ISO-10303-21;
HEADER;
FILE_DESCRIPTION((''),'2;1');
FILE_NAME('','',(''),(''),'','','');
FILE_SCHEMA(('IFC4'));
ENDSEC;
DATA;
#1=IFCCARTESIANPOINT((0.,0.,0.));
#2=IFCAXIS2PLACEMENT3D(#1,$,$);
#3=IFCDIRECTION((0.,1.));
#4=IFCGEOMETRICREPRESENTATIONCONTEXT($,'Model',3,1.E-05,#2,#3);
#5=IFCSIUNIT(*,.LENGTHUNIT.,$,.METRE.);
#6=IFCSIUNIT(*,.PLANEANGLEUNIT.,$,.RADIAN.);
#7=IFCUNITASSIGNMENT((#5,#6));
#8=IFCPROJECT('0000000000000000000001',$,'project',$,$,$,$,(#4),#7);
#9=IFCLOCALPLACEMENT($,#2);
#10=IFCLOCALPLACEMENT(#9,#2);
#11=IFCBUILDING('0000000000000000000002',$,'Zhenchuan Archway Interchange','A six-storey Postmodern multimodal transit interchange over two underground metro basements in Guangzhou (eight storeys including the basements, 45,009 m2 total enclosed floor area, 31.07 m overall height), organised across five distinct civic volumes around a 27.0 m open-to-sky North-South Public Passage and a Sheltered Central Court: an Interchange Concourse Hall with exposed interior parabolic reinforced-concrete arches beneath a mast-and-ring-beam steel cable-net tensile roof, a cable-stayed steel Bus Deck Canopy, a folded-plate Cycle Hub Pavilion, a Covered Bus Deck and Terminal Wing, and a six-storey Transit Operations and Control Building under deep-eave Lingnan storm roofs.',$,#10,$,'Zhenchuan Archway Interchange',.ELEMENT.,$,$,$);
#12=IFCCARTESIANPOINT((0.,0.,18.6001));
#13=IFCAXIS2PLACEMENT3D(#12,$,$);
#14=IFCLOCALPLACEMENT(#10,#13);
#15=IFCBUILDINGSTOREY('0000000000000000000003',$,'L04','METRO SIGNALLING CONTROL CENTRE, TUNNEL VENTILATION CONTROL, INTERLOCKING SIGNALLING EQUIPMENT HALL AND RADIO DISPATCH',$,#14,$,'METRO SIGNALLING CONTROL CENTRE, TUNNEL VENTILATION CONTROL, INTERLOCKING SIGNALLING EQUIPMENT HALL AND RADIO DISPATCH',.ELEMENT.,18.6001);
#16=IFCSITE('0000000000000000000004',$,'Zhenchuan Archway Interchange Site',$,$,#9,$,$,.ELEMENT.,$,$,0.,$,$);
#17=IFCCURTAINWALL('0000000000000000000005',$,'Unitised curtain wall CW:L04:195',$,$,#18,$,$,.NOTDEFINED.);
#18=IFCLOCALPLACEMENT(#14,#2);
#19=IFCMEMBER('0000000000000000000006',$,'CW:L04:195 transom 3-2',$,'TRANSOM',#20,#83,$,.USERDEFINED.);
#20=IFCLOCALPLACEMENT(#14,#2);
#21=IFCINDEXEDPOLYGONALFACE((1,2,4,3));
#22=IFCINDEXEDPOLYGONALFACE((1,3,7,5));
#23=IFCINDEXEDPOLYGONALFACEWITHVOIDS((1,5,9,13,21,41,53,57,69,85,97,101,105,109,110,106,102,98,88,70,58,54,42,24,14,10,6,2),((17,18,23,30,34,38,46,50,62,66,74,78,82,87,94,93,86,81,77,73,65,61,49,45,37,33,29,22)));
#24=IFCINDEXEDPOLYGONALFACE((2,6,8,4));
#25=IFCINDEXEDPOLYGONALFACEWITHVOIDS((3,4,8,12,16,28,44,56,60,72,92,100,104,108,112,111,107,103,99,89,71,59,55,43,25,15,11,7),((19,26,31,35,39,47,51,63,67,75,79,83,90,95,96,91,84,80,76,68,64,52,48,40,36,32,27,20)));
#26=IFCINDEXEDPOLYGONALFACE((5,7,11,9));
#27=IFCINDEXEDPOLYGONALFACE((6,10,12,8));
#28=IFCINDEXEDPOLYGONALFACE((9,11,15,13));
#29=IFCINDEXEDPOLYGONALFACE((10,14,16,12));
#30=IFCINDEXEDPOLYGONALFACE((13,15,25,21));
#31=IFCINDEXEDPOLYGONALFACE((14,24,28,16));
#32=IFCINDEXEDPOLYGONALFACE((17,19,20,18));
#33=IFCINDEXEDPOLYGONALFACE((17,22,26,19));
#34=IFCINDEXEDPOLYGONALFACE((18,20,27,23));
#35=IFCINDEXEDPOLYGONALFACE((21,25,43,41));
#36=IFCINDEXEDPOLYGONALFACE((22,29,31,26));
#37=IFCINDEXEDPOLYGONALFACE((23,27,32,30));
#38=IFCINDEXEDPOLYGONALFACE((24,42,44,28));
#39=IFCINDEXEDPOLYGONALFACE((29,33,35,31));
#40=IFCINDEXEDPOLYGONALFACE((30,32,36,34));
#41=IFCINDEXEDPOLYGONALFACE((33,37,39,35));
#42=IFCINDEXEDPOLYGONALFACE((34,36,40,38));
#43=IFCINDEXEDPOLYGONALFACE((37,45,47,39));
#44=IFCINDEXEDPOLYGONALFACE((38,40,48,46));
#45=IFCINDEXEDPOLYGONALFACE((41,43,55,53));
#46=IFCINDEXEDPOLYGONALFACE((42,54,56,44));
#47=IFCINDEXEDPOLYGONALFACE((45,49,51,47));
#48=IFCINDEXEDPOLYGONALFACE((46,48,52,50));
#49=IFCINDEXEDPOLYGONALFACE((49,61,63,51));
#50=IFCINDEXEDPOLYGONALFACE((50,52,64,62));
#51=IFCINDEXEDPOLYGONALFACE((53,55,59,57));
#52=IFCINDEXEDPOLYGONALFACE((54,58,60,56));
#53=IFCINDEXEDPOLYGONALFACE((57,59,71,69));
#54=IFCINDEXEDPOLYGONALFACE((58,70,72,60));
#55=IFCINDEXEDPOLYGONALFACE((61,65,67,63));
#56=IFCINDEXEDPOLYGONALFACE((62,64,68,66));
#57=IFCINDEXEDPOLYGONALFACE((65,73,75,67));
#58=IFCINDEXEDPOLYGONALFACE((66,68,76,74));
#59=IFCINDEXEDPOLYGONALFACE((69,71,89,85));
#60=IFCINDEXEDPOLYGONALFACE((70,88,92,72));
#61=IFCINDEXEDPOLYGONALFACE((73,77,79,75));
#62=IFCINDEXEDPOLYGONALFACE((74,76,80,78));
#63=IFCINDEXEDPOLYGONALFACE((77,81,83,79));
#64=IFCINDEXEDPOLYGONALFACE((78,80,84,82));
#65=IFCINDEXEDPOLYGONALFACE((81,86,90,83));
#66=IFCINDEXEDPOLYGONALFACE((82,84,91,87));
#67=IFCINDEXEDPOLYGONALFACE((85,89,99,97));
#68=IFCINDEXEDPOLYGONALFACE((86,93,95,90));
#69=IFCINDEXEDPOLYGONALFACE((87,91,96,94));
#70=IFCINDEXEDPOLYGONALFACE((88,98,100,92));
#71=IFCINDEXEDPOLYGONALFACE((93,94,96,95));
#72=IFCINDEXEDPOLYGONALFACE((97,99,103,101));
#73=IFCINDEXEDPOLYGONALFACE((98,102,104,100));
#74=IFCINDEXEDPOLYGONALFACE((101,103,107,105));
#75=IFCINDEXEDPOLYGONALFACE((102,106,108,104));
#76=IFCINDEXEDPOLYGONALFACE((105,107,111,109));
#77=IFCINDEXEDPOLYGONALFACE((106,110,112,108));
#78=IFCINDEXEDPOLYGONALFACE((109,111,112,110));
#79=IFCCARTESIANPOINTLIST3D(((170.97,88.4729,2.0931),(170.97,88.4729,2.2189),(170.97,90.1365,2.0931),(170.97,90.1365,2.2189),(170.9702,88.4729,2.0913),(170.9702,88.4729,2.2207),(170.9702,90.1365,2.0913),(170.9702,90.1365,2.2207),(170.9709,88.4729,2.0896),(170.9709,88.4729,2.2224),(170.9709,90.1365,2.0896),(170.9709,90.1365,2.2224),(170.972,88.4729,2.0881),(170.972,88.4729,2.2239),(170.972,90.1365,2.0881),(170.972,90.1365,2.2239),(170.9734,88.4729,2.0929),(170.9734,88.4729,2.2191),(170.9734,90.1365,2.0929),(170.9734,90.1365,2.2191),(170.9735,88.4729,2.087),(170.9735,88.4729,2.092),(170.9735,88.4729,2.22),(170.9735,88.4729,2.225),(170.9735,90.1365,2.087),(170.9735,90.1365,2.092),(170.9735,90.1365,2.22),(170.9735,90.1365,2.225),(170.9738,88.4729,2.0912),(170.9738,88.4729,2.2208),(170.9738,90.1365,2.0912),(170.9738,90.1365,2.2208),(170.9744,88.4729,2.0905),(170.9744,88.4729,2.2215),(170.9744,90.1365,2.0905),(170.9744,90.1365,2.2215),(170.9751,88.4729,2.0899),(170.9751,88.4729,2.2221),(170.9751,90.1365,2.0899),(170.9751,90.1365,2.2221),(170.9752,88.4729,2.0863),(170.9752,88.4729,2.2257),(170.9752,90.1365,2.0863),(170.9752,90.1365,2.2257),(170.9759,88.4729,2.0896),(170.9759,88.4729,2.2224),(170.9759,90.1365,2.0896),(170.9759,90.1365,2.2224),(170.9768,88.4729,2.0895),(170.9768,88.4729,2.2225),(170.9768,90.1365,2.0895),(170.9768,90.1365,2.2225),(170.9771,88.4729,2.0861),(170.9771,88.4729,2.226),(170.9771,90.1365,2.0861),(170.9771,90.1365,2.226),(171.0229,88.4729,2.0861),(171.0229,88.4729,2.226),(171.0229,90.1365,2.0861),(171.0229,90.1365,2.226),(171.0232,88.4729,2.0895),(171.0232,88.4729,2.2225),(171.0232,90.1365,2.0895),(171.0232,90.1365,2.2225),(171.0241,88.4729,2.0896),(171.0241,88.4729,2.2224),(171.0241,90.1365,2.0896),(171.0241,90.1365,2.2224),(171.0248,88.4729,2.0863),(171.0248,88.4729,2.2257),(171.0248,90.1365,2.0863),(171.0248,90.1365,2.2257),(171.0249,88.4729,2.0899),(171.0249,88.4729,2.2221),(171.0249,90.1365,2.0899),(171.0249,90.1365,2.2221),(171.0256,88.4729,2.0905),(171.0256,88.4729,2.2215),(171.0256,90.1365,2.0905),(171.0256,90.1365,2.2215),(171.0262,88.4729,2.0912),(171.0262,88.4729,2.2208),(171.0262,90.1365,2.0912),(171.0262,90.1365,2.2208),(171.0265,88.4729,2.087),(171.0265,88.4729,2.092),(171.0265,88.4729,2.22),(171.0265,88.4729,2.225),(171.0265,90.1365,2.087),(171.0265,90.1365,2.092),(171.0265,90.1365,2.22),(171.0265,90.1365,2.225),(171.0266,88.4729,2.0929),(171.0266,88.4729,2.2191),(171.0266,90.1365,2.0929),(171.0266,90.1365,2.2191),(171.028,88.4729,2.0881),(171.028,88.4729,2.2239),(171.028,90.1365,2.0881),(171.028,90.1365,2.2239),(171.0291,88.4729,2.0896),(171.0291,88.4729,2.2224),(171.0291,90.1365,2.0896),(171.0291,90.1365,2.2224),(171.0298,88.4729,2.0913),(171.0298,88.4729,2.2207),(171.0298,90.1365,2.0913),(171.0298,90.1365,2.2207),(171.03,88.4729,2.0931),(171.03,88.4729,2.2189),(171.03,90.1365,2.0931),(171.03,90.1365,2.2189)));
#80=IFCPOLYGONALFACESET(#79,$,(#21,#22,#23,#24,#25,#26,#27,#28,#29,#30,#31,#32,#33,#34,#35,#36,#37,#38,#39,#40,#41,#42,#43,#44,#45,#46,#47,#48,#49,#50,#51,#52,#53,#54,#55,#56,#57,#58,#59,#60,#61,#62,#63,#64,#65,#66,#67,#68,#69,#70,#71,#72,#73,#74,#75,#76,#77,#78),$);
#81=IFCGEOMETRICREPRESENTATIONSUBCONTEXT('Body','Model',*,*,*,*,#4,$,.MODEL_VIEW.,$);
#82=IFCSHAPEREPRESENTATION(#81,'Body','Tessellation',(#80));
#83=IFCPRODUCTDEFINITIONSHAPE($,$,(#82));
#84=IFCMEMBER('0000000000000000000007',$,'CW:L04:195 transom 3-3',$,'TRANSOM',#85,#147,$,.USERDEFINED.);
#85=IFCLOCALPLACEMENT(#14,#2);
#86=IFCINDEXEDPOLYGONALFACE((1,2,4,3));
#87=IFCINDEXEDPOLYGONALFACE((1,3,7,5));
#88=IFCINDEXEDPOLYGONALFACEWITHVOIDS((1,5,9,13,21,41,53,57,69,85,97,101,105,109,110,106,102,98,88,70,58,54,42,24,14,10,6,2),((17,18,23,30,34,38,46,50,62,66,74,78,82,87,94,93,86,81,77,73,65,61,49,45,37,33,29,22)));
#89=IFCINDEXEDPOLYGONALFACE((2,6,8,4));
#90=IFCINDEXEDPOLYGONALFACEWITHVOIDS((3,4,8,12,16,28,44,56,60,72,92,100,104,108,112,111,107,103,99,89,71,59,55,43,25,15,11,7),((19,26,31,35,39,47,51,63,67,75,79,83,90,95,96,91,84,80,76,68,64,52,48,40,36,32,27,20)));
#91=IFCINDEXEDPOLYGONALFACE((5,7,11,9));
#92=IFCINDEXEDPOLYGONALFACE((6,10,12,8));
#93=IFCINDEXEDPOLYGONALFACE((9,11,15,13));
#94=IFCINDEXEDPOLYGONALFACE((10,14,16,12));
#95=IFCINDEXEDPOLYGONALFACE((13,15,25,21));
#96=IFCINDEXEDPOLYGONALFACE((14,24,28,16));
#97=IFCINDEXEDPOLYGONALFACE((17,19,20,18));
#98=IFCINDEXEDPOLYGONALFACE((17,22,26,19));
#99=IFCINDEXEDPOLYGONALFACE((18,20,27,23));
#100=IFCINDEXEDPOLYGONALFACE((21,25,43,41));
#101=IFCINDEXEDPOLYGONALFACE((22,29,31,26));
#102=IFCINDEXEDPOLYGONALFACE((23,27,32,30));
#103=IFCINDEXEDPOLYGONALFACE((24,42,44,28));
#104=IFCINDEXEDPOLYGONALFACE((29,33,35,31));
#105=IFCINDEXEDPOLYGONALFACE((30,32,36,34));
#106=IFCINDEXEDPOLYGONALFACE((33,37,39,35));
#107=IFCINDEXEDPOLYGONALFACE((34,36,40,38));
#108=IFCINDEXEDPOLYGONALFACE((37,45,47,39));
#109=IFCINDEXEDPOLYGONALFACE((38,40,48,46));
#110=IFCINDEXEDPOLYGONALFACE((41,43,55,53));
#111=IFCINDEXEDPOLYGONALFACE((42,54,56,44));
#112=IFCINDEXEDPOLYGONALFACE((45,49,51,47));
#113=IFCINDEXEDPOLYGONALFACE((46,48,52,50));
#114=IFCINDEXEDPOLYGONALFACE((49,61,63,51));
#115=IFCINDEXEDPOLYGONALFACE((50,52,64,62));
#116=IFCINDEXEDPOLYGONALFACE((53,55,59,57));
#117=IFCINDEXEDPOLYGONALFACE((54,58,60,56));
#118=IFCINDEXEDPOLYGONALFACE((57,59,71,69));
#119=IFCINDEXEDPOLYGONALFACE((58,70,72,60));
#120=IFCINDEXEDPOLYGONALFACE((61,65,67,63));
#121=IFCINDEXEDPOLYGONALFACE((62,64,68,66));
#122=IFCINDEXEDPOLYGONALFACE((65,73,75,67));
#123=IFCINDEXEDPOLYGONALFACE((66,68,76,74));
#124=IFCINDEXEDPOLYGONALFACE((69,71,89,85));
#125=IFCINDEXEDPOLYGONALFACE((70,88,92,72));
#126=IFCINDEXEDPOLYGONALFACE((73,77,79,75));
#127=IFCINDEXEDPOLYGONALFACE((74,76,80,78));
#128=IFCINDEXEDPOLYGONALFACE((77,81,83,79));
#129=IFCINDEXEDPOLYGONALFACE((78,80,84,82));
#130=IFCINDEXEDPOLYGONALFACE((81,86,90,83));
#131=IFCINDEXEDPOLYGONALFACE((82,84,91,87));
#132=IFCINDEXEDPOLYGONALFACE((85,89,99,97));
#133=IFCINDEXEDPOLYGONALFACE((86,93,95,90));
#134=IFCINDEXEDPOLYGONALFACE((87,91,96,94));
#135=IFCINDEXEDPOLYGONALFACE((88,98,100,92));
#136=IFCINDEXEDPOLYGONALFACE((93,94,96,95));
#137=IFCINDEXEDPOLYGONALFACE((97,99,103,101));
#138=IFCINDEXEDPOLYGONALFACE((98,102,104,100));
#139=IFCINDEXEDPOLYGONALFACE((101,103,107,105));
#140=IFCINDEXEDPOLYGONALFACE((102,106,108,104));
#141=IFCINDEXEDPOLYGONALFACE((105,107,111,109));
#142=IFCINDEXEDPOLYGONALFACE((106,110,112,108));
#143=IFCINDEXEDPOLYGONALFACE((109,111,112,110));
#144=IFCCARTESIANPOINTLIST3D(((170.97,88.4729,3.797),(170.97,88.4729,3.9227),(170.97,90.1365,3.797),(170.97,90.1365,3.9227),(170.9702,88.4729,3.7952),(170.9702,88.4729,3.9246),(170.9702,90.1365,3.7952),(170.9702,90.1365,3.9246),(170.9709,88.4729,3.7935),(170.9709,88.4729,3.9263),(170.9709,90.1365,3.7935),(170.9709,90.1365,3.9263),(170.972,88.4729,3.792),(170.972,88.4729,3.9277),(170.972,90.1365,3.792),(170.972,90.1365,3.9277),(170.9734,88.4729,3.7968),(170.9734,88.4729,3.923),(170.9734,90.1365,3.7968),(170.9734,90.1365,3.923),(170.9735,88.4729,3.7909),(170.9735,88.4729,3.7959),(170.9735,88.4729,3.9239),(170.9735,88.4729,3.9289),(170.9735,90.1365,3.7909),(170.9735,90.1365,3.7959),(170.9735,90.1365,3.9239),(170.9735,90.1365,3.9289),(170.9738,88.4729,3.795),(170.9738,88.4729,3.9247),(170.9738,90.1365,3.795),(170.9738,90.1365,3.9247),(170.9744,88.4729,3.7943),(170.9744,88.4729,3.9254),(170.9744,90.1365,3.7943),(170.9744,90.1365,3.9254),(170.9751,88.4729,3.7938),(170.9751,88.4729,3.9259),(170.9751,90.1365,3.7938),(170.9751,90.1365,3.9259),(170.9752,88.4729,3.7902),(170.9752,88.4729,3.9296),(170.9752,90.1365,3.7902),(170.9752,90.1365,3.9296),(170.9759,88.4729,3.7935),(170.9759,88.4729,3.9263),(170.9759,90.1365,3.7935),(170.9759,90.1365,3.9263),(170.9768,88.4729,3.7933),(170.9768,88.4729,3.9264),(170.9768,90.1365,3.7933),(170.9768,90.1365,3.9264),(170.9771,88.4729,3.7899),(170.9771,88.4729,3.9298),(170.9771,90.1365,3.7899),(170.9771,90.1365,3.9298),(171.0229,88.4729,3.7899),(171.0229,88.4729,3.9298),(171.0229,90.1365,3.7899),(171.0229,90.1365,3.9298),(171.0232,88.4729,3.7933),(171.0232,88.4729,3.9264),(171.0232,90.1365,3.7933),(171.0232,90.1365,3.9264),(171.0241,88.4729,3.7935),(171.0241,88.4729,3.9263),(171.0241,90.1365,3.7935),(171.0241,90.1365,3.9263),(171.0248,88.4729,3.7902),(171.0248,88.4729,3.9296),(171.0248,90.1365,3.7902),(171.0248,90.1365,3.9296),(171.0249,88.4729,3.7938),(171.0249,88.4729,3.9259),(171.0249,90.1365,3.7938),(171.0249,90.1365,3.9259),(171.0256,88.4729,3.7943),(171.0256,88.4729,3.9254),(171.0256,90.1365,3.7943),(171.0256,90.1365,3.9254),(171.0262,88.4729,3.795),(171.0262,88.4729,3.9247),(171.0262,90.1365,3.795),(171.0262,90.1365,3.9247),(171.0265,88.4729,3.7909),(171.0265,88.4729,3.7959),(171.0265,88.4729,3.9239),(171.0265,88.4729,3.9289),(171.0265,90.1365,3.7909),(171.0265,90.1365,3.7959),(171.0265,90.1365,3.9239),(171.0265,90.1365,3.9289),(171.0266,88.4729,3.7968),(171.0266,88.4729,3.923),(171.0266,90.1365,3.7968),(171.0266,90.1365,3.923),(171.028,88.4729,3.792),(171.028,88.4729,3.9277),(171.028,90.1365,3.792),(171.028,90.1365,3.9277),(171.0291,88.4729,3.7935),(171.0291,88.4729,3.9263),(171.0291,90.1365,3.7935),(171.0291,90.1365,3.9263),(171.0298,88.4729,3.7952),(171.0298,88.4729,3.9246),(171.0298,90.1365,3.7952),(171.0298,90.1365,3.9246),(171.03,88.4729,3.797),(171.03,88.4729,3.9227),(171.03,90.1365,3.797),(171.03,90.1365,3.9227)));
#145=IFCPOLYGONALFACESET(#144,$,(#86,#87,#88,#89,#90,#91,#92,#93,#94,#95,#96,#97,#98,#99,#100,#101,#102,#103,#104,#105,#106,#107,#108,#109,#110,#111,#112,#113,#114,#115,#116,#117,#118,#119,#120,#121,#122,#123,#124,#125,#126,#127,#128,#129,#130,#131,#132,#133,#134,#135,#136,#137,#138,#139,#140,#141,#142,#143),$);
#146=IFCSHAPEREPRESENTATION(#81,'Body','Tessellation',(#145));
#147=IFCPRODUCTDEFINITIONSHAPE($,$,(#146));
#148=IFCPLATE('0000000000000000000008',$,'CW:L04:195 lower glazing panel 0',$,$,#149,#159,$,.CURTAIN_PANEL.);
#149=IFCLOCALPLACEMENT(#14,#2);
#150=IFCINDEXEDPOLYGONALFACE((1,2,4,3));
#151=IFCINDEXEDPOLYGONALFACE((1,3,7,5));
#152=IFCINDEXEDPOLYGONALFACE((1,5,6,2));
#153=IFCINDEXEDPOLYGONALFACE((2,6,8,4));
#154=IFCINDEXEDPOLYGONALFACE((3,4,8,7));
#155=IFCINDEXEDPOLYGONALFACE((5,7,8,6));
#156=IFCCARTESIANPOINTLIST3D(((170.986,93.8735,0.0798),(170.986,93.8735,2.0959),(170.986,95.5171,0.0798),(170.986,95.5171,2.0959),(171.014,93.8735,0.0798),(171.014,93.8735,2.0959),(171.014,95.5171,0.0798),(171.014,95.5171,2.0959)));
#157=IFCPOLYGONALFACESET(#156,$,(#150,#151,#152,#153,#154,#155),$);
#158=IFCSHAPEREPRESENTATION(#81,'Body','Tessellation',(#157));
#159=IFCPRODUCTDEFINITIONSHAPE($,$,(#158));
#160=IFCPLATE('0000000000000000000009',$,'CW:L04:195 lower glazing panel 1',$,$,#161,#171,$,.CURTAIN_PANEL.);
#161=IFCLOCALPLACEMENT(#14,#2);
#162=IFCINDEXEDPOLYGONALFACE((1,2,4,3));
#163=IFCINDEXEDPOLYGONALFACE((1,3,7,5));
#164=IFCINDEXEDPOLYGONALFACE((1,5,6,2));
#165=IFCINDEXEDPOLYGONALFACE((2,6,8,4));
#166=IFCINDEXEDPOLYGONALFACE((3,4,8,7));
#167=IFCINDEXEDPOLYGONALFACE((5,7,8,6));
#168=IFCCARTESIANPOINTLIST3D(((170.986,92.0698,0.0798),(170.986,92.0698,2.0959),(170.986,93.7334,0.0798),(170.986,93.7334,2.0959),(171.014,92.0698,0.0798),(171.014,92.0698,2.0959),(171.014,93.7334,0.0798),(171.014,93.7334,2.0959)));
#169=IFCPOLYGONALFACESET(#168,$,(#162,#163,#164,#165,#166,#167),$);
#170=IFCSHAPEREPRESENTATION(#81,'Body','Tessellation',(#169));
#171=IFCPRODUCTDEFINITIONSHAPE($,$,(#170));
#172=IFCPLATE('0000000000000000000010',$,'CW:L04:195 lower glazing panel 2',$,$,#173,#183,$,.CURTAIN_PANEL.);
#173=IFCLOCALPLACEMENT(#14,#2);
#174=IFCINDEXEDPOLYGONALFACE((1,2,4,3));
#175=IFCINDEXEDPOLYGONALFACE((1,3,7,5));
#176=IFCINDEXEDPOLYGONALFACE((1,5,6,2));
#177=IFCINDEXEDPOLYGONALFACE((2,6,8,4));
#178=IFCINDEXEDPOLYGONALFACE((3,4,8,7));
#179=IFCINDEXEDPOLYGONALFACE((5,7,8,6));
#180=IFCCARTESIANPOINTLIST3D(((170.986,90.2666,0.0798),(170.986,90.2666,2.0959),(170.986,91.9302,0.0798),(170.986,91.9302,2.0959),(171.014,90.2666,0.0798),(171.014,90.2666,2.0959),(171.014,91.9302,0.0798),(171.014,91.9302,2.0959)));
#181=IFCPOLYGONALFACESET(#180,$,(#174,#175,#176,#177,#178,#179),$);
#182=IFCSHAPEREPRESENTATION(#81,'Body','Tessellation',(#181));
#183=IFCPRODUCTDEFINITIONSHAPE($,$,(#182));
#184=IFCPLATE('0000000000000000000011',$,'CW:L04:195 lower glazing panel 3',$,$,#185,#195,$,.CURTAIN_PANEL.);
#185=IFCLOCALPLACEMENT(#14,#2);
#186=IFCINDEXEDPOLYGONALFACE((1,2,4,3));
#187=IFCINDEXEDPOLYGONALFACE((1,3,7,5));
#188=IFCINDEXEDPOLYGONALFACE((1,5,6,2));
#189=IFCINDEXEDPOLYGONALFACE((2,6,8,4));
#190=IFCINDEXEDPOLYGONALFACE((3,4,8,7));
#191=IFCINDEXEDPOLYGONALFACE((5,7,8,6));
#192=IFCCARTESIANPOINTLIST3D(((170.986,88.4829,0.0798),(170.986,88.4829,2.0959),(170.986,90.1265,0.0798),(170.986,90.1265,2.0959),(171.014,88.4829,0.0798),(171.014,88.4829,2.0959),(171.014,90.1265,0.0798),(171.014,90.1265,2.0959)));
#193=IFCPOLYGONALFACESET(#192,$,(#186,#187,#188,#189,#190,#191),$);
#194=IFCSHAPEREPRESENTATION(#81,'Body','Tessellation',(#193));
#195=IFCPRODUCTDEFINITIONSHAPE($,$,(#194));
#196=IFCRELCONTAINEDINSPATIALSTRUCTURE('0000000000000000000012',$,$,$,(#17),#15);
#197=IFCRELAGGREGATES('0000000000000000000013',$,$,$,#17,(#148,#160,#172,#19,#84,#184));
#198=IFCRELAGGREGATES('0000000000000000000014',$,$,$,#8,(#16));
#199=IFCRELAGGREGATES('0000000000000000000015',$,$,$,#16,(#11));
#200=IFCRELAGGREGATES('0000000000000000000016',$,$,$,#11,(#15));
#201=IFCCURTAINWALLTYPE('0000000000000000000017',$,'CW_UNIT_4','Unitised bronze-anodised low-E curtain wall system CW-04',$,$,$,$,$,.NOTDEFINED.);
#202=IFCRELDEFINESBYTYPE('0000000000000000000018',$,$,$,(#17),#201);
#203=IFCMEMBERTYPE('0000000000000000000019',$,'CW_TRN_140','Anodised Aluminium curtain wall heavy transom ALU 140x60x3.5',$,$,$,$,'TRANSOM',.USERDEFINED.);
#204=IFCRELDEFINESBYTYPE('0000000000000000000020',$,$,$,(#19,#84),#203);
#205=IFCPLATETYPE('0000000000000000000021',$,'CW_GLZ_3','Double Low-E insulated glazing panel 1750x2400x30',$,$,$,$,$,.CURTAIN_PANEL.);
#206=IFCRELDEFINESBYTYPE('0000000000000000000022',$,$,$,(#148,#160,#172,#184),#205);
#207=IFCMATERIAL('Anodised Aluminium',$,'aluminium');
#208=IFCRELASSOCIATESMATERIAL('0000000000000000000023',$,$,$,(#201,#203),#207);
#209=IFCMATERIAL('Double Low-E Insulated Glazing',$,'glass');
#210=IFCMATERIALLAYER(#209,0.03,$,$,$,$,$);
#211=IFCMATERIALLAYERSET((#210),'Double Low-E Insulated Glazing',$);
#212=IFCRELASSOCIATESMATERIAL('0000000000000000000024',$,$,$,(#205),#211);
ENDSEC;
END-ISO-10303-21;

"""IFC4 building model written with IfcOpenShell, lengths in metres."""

from ifc_helpers import new_model, si_unit, direction, frame, origin, origin_2d, place, context, subcontext, project, spatial, rectangle, hollow_rectangle, extrude, material, layer, layer_set, material_profile, profile_set, type_object, element, aggregate, save


model = new_model("IFC4")

# Units and contexts
model_context = context("Model", 3, precision=1e-05, world=origin(), true_north=direction((0.0, 1.0)))
body_context = subcontext(model_context, "Body", "Model", "MODEL_VIEW")
ifc_project = project(units=[si_unit("LENGTHUNIT", "METRE"), si_unit("PLANEANGLEUNIT", "RADIAN")], contexts=[model_context])

# Site, building, storey
site_placement = place(None, origin())
site = spatial("IfcSite", under=ifc_project, at=site_placement, Name="Zhenchuan Archway Interchange Site", CompositionType="ELEMENT", RefElevation=0.0)
building_placement = place(site_placement, origin())
building = spatial("IfcBuilding", under=site, at=building_placement, Name="Zhenchuan Archway Interchange", Description="A six-storey Postmodern multimodal transit interchange over two underground metro basements in Guangzhou (eight storeys including the basements, 45,009 m2 total enclosed floor area, 31.07 m overall height), organised across five distinct civic volumes around a 27.0 m open-to-sky North-South Public Passage and a Sheltered Central Court: an Interchange Concourse Hall with exposed interior parabolic reinforced-concrete arches beneath a mast-and-ring-beam steel cable-net tensile roof, a cable-stayed steel Bus Deck Canopy, a folded-plate Cycle Hub Pavilion, a Covered Bus Deck and Terminal Wing, and a six-storey Transit Operations and Control Building under deep-eave Lingnan storm roofs.", LongName="Zhenchuan Archway Interchange", CompositionType="ELEMENT")
storey_placement = place(building_placement, frame((0.0, 0.0, 18.6001)))
storey = spatial("IfcBuildingStorey", under=building, at=storey_placement, Name="L04", Description="METRO SIGNALLING CONTROL CENTRE, TUNNEL VENTILATION CONTROL, INTERLOCKING SIGNALLING EQUIPMENT HALL AND RADIO DISPATCH", LongName="METRO SIGNALLING CONTROL CENTRE, TUNNEL VENTILATION CONTROL, INTERLOCKING SIGNALLING EQUIPMENT HALL AND RADIO DISPATCH", CompositionType="ELEMENT", Elevation=18.6001)

# Curtain wall, members, plates
ifc_material_1 = material(Name="Anodised Aluminium", Category="aluminium")
curtain_wall_type = type_object("IfcCurtainWallType", Name="CW_UNIT_4", Description="Unitised bronze-anodised low-E curtain wall system CW-04", PredefinedType="NOTDEFINED", material=ifc_material_1)
curtain_wall_placement = place(storey_placement, origin())
curtain_wall = element("IfcCurtainWall", 1, at=curtain_wall_placement, inside=storey, type_object=curtain_wall_type, Name="Unitised curtain wall CW:L04:195", PredefinedType="NOTDEFINED")
ifc_material_profile_1 = material_profile(ifc_material_1, hollow_rectangle(XDim=0.0601, YDim=0.1399, WallThickness=0.0034, InnerFilletRadius=0.0034, OuterFilletRadius=0.0071, at=origin_2d()), Name="ALU 140x60x3.5")
ifc_profile_set_1 = profile_set([ifc_material_profile_1], Name="Anodised Aluminium")
member_type_1 = type_object("IfcMemberType", Name="CW_TRN_140", Description="Anodised Aluminium curtain wall heavy transom ALU 140x60x3.5", ElementType="TRANSOM", PredefinedType="USERDEFINED", material=ifc_profile_set_1)
member_1_placement = place(storey_placement, frame((171.0, 90.1365, 2.156), z_axis=(0.0, -1.0, 0.0), x_axis=(1.0, 0.0, 0.0)))
member_1 = element("IfcMember", 2, at=member_1_placement, type_object=member_type_1, Name="CW:L04:195 transom 3-2", ObjectType="TRANSOM", PredefinedType="USERDEFINED", context=body_context, shape_type="SweptSolid", body=[
    extrude(hollow_rectangle(XDim=0.0601, YDim=0.1399, WallThickness=0.0034, InnerFilletRadius=0.0034, OuterFilletRadius=0.0071, at=origin_2d()), origin(), (0.0, 0.0, 1.0), 1.6636),
])
member_2_placement = place(storey_placement, frame((171.0, 90.1365, 3.8599), z_axis=(0.0, -1.0, 0.0), x_axis=(1.0, 0.0, 0.0)))
member_2 = element("IfcMember", 3, at=member_2_placement, type_object=member_type_1, Name="CW:L04:195 transom 3-3", ObjectType="TRANSOM", PredefinedType="USERDEFINED", context=body_context, shape_type="SweptSolid", body=[
    extrude(hollow_rectangle(XDim=0.0601, YDim=0.1399, WallThickness=0.0034, InnerFilletRadius=0.0034, OuterFilletRadius=0.0071, at=origin_2d()), origin(), (0.0, 0.0, 1.0), 1.6636),
])
ifc_material_2 = material(Name="Double Low-E Insulated Glazing", Category="glass")
ifc_layer_1 = layer(ifc_material_2, 0.03)
ifc_layer_set_1 = layer_set([ifc_layer_1], Name="Double Low-E Insulated Glazing")
plate_type_1 = type_object("IfcPlateType", Name="CW_GLZ_3", Description="Double Low-E insulated glazing panel 1750x2400x30", PredefinedType="CURTAIN_PANEL", material=ifc_layer_set_1)
plate_1_placement = place(storey_placement, frame((171.0, 94.6953, 0.0798), z_axis=(0.0, 0.0, 1.0), x_axis=(0.0, -1.0, 0.0)))
plate_1 = element("IfcPlate", 4, at=plate_1_placement, type_object=plate_type_1, Name="CW:L04:195 lower glazing panel 0", PredefinedType="CURTAIN_PANEL", context=body_context, shape_type="SweptSolid", body=[
    extrude(rectangle(XDim=1.6436, YDim=0.0281, at=origin_2d()), origin(), (0.0, 0.0, 1.0), 2.0161),
])
plate_2_placement = place(storey_placement, frame((171.0, 92.9016, 0.0798), z_axis=(0.0, 0.0, 1.0), x_axis=(0.0, -1.0, 0.0)))
plate_2 = element("IfcPlate", 5, at=plate_2_placement, type_object=plate_type_1, Name="CW:L04:195 lower glazing panel 1", PredefinedType="CURTAIN_PANEL", context=body_context, shape_type="SweptSolid", body=[
    extrude(rectangle(XDim=1.6636, YDim=0.0281, at=origin_2d()), origin(), (0.0, 0.0, 1.0), 2.0161),
])
plate_3_placement = place(storey_placement, frame((171.0, 91.0984, 0.0798), z_axis=(0.0, 0.0, 1.0), x_axis=(0.0, -1.0, 0.0)))
plate_3 = element("IfcPlate", 6, at=plate_3_placement, type_object=plate_type_1, Name="CW:L04:195 lower glazing panel 2", PredefinedType="CURTAIN_PANEL", context=body_context, shape_type="SweptSolid", body=[
    extrude(rectangle(XDim=1.6636, YDim=0.0281, at=origin_2d()), origin(), (0.0, 0.0, 1.0), 2.0161),
])
plate_4_placement = place(storey_placement, frame((171.0, 89.3047, 0.0798), z_axis=(0.0, 0.0, 1.0), x_axis=(0.0, -1.0, 0.0)))
plate_4 = element("IfcPlate", 7, at=plate_4_placement, type_object=plate_type_1, Name="CW:L04:195 lower glazing panel 3", PredefinedType="CURTAIN_PANEL", context=body_context, shape_type="SweptSolid", body=[
    extrude(rectangle(XDim=1.6436, YDim=0.0281, at=origin_2d()), origin(), (0.0, 0.0, 1.0), 2.0161),
])
aggregate(curtain_wall, [plate_1, plate_2, plate_3, member_1, member_2, plate_4])

save(model, "model.ifc")
